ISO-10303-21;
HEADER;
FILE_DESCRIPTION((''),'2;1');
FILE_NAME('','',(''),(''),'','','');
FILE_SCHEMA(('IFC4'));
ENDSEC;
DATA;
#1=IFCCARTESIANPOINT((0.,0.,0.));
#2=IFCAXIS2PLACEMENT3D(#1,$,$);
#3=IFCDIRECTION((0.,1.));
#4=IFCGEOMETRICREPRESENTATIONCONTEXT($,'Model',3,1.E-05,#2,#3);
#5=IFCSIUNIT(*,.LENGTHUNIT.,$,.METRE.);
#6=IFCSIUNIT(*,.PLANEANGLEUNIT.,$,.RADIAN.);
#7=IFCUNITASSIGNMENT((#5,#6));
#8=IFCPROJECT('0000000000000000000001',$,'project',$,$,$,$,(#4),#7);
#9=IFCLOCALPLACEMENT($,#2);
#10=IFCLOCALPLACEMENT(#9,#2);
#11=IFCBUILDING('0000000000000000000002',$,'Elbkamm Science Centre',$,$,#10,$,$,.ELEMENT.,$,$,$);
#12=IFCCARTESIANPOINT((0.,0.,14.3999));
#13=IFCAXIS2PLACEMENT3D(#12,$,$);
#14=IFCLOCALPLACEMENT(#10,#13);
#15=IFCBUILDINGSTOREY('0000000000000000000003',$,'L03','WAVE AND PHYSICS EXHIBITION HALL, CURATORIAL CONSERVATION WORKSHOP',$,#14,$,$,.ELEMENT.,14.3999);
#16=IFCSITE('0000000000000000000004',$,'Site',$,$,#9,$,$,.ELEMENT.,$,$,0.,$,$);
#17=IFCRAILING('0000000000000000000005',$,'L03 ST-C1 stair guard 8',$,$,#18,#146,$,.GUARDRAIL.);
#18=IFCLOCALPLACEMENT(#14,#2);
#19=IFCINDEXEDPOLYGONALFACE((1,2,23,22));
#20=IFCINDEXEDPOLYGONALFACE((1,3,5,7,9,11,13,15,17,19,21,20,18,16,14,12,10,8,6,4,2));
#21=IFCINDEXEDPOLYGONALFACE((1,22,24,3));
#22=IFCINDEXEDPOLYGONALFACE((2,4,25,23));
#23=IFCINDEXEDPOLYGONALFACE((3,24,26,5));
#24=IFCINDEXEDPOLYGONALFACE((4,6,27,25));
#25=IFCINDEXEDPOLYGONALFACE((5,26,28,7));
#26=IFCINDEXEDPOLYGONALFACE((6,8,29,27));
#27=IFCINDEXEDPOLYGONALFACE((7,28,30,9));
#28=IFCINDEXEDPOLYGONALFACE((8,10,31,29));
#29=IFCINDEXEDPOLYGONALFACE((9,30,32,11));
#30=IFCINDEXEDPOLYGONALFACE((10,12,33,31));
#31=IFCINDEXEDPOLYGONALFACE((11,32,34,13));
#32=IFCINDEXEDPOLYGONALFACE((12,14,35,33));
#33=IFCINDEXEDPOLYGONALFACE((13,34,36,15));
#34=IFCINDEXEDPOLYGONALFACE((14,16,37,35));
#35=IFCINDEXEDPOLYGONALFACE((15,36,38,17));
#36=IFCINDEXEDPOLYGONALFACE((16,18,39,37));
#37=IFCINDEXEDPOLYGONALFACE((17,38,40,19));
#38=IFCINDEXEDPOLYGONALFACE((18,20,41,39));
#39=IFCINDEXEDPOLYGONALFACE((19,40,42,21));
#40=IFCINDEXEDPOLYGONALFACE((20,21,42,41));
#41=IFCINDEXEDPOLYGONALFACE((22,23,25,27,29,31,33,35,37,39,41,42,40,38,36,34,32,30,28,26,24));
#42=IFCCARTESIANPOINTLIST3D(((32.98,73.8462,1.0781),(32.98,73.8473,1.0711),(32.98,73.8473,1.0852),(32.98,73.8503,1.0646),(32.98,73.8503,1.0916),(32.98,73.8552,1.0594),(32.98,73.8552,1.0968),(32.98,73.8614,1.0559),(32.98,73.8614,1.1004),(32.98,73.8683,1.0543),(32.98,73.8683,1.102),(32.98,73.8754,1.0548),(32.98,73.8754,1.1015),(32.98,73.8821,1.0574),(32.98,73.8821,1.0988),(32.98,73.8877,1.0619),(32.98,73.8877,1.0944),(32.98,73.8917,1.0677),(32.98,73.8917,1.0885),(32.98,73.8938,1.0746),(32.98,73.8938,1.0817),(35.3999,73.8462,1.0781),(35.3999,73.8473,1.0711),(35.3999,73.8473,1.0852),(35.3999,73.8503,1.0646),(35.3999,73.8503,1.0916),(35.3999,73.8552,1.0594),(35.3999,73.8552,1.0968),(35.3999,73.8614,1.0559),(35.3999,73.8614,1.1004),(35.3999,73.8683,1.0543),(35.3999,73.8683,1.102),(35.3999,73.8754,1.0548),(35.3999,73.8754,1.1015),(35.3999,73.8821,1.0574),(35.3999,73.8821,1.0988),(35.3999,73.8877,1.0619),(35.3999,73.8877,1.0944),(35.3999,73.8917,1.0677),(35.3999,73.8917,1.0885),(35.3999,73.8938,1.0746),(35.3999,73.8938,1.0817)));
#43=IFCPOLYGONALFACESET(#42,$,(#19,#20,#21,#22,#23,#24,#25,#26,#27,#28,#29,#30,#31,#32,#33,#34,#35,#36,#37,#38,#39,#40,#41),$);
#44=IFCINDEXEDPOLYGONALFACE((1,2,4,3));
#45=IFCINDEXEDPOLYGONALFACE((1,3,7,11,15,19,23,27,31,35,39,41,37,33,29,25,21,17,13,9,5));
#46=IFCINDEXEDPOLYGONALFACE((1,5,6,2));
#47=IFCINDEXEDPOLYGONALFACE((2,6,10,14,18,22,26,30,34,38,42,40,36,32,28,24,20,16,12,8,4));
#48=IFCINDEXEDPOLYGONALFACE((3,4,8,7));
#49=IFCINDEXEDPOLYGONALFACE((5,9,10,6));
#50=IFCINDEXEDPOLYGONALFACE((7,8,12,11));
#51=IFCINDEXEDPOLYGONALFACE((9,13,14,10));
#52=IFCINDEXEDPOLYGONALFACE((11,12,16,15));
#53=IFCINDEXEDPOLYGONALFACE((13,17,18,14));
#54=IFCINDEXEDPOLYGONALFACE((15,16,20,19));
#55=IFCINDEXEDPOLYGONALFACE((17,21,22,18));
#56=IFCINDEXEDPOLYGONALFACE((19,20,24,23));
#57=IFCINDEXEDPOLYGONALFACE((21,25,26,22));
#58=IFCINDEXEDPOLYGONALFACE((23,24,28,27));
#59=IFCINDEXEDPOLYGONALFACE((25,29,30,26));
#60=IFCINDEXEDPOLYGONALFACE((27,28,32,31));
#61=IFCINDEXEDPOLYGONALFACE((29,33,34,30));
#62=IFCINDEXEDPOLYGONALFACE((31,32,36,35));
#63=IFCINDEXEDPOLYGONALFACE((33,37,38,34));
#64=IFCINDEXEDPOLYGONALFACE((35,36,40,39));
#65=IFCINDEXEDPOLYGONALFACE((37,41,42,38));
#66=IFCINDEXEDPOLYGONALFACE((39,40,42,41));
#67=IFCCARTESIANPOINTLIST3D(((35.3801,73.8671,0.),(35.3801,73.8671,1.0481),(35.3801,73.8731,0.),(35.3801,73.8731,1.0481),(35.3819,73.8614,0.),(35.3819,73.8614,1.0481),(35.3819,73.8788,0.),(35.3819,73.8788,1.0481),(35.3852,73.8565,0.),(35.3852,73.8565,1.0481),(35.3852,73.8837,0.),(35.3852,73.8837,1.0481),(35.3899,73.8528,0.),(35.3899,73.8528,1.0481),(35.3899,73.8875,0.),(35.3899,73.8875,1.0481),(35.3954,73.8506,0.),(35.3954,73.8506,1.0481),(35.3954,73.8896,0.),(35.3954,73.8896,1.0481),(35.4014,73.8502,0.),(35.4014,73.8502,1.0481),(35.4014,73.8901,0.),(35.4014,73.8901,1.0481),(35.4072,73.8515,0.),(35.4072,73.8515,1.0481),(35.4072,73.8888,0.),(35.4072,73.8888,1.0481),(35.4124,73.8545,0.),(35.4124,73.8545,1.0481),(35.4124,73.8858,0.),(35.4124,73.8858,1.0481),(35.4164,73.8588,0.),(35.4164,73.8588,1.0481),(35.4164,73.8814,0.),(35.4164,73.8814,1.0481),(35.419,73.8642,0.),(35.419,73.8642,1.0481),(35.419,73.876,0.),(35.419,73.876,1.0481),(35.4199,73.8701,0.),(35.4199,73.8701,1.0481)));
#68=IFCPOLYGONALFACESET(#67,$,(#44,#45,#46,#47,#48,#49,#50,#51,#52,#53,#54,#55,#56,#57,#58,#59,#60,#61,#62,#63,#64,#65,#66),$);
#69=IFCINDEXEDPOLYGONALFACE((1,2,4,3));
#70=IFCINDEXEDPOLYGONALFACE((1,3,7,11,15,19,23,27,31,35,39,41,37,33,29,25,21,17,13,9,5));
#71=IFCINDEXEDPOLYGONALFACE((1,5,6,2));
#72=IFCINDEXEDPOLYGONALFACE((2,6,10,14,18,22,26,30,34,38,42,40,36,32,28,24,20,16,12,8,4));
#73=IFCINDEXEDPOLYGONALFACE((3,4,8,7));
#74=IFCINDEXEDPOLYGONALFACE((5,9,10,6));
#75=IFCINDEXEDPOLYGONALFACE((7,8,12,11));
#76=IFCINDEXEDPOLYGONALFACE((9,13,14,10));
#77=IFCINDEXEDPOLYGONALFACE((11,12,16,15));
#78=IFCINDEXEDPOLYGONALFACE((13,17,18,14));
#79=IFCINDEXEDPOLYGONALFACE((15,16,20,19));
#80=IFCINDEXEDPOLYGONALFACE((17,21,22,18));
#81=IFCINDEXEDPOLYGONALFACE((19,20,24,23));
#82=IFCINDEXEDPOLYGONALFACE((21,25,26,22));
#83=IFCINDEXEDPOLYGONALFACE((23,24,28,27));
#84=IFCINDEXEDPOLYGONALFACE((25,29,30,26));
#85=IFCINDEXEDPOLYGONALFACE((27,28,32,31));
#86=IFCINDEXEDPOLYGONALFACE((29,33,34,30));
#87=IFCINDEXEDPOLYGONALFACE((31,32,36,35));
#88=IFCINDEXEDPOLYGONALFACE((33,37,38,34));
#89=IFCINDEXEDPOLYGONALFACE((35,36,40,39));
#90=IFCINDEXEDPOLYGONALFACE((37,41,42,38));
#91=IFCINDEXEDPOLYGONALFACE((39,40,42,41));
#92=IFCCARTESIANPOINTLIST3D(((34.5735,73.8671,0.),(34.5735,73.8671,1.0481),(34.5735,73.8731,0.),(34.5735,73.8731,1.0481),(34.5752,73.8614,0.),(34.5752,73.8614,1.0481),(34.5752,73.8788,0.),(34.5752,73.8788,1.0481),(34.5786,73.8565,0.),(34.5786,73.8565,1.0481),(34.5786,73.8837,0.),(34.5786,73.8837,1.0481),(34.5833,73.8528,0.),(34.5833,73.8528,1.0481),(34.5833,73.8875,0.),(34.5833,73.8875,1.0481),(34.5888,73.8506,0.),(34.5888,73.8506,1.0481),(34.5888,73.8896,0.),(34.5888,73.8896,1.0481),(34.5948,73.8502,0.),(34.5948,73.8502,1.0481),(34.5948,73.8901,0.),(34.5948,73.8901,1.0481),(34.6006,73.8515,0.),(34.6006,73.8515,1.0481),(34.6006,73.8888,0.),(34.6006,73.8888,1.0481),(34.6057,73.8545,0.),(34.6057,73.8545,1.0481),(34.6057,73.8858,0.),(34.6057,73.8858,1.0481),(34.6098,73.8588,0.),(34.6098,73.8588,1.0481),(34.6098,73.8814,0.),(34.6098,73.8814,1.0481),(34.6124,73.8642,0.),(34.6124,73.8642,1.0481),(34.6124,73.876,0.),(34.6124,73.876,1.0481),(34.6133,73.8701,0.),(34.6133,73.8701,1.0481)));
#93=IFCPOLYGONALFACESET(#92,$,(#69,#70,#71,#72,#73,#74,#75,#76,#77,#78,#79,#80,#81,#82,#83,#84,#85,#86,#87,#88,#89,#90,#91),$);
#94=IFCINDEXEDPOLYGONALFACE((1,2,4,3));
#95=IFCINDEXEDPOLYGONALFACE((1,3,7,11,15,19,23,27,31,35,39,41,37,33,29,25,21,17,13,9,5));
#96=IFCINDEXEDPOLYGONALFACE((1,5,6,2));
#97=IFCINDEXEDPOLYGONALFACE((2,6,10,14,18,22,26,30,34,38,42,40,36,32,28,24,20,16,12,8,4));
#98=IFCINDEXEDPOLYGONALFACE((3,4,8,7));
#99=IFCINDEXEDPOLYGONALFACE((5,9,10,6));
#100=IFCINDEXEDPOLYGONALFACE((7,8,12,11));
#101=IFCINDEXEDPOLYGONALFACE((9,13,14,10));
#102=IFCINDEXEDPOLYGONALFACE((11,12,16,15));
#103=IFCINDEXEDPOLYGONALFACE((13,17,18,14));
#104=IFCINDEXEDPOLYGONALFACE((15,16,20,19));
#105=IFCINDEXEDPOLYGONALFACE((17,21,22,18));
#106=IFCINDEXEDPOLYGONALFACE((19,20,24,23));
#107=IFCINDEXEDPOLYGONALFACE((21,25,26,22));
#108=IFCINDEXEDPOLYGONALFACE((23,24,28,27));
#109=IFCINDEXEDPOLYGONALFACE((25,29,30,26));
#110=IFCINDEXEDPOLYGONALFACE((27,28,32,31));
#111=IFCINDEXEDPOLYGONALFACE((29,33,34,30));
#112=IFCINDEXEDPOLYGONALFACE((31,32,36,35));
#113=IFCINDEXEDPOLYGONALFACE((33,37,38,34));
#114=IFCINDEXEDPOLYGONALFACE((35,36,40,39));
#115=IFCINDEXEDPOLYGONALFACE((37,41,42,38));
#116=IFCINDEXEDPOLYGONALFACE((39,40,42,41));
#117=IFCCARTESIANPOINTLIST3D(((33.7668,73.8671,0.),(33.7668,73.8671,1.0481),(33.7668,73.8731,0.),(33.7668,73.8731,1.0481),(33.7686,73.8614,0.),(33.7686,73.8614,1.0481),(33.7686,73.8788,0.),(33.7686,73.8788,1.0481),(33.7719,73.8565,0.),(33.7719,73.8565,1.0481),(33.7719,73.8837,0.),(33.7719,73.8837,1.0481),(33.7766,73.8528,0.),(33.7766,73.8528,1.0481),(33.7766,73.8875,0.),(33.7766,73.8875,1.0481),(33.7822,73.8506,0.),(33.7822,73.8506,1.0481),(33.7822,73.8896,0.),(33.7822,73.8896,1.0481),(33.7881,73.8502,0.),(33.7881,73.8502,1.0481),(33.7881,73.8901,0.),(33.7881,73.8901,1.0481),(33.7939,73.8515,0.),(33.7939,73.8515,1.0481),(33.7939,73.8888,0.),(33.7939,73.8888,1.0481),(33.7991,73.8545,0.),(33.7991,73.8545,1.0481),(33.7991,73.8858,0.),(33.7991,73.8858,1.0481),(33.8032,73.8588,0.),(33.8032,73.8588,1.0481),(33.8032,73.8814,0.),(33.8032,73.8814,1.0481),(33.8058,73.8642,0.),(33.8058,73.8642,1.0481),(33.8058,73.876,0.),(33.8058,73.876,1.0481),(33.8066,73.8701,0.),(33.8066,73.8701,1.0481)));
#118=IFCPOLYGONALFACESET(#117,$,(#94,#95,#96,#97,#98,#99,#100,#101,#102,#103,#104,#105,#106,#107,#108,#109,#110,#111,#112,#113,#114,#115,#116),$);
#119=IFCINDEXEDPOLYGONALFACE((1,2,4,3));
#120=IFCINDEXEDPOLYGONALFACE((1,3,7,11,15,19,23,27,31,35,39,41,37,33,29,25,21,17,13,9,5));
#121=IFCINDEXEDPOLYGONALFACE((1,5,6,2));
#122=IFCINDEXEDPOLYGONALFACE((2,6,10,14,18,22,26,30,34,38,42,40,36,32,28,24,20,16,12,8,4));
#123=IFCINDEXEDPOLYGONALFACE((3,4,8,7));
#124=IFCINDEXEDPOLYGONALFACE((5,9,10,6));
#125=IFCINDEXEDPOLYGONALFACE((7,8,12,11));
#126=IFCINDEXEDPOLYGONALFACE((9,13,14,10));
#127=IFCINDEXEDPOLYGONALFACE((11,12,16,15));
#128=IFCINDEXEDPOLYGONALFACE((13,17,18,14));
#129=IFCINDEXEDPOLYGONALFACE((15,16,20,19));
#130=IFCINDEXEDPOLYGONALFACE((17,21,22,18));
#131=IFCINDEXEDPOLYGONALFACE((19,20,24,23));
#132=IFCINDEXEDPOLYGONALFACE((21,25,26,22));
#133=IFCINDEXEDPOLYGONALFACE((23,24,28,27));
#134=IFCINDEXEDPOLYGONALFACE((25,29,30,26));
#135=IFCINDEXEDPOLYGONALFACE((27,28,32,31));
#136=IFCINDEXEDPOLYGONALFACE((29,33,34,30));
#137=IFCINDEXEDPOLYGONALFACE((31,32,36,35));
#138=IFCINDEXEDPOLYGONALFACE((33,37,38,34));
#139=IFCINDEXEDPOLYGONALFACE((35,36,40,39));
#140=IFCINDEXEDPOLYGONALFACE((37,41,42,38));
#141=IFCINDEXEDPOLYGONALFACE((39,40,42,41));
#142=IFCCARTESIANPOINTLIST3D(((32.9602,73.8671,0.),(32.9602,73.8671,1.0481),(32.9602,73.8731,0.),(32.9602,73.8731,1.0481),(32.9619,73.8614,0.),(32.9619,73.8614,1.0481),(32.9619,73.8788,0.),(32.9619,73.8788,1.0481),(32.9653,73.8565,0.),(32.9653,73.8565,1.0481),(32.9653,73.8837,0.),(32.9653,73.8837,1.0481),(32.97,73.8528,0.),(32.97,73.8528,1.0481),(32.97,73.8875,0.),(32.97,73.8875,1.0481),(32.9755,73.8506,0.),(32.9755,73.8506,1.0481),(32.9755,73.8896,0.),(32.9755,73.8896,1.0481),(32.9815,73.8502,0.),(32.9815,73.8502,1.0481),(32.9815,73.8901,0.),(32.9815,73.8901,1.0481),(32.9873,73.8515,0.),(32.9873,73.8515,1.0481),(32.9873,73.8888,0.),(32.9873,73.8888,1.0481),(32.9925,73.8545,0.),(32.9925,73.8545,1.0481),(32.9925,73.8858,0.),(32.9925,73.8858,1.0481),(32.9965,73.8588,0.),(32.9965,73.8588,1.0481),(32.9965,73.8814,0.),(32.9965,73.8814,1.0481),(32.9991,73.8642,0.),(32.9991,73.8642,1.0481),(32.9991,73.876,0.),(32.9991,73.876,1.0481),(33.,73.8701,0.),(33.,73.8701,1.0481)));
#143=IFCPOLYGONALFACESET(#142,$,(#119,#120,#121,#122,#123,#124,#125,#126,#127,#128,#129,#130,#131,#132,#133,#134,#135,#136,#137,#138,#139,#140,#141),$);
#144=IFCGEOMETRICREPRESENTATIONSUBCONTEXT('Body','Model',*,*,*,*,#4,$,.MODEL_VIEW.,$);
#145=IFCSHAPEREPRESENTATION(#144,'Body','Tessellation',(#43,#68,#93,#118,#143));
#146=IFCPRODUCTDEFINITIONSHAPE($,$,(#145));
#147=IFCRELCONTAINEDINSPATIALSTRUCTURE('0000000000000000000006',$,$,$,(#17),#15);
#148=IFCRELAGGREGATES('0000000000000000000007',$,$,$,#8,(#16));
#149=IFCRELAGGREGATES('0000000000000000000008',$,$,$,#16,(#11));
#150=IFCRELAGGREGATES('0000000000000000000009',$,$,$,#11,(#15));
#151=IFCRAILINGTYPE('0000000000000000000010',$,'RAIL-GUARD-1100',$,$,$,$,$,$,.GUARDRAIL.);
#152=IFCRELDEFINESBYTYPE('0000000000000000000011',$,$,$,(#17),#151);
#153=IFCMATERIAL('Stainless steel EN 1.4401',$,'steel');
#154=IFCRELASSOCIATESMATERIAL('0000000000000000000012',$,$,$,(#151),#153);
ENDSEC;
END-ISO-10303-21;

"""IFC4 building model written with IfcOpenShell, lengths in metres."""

from ifc_helpers import new_model, si_unit, direction, frame, origin, origin_2d, place, context, subcontext, project, spatial, circle, extrude, material, type_object, element, save


model = new_model("IFC4")

# Units and contexts
model_context = context("Model", 3, precision=1e-05, world=origin(), true_north=direction((0.0, 1.0)))
body_context = subcontext(model_context, "Body", "Model", "MODEL_VIEW")
ifc_project = project(units=[si_unit("LENGTHUNIT", "METRE"), si_unit("PLANEANGLEUNIT", "RADIAN")], contexts=[model_context])

# Site, building, storey
site_placement = place(None, origin())
site = spatial("IfcSite", under=ifc_project, at=site_placement, Name="Site", CompositionType="ELEMENT", RefElevation=0.0)
building_placement = place(site_placement, origin())
building = spatial("IfcBuilding", under=site, at=building_placement, Name="Elbkamm Science Centre", CompositionType="ELEMENT")
storey_placement = place(building_placement, frame((0.0, 0.0, 14.3999)))
storey = spatial("IfcBuildingStorey", under=building, at=storey_placement, Name="L03", Description="WAVE AND PHYSICS EXHIBITION HALL, CURATORIAL CONSERVATION WORKSHOP", CompositionType="ELEMENT", Elevation=14.3999)

# Railing
ifc_material_1 = material(Name="Stainless steel EN 1.4401", Category="steel")
railing_type_1 = type_object("IfcRailingType", Name="RAIL-GUARD-1100", PredefinedType="GUARDRAIL", material=ifc_material_1)
for number, where, name in (
    (1, (35.3999, 73.8701, 0.0), "L03 ST-C1 stair guard 8"),
):
    element("IfcRailing", number, at=place(storey_placement, frame(where)), inside=storey, type_object=railing_type_1, Name=name, PredefinedType="GUARDRAIL", context=body_context, shape_type="SweptSolid", body=[
        extrude(circle(Radius=0.0239, at=origin_2d()), frame((0.0, 0.0, 1.0781), z_axis=(-1.0, 0.0, 0.0), x_axis=(0.0, -1.0, 0.0)), (0.0, 0.0, 1.0), 2.4199),
        extrude(circle(Radius=0.02, at=origin_2d()), origin(), (0.0, 0.0, 1.0), 1.0481),
        extrude(circle(Radius=0.02, at=origin_2d()), frame((-0.8066, 0.0, 0.0)), (0.0, 0.0, 1.0), 1.0481),
        extrude(circle(Radius=0.02, at=origin_2d()), frame((-1.6133, 0.0, 0.0)), (0.0, 0.0, 1.0), 1.0481),
        extrude(circle(Radius=0.02, at=origin_2d()), frame((-2.4199, 0.0, 0.0)), (0.0, 0.0, 1.0), 1.0481),
    ])

save(model, "model.ifc")
